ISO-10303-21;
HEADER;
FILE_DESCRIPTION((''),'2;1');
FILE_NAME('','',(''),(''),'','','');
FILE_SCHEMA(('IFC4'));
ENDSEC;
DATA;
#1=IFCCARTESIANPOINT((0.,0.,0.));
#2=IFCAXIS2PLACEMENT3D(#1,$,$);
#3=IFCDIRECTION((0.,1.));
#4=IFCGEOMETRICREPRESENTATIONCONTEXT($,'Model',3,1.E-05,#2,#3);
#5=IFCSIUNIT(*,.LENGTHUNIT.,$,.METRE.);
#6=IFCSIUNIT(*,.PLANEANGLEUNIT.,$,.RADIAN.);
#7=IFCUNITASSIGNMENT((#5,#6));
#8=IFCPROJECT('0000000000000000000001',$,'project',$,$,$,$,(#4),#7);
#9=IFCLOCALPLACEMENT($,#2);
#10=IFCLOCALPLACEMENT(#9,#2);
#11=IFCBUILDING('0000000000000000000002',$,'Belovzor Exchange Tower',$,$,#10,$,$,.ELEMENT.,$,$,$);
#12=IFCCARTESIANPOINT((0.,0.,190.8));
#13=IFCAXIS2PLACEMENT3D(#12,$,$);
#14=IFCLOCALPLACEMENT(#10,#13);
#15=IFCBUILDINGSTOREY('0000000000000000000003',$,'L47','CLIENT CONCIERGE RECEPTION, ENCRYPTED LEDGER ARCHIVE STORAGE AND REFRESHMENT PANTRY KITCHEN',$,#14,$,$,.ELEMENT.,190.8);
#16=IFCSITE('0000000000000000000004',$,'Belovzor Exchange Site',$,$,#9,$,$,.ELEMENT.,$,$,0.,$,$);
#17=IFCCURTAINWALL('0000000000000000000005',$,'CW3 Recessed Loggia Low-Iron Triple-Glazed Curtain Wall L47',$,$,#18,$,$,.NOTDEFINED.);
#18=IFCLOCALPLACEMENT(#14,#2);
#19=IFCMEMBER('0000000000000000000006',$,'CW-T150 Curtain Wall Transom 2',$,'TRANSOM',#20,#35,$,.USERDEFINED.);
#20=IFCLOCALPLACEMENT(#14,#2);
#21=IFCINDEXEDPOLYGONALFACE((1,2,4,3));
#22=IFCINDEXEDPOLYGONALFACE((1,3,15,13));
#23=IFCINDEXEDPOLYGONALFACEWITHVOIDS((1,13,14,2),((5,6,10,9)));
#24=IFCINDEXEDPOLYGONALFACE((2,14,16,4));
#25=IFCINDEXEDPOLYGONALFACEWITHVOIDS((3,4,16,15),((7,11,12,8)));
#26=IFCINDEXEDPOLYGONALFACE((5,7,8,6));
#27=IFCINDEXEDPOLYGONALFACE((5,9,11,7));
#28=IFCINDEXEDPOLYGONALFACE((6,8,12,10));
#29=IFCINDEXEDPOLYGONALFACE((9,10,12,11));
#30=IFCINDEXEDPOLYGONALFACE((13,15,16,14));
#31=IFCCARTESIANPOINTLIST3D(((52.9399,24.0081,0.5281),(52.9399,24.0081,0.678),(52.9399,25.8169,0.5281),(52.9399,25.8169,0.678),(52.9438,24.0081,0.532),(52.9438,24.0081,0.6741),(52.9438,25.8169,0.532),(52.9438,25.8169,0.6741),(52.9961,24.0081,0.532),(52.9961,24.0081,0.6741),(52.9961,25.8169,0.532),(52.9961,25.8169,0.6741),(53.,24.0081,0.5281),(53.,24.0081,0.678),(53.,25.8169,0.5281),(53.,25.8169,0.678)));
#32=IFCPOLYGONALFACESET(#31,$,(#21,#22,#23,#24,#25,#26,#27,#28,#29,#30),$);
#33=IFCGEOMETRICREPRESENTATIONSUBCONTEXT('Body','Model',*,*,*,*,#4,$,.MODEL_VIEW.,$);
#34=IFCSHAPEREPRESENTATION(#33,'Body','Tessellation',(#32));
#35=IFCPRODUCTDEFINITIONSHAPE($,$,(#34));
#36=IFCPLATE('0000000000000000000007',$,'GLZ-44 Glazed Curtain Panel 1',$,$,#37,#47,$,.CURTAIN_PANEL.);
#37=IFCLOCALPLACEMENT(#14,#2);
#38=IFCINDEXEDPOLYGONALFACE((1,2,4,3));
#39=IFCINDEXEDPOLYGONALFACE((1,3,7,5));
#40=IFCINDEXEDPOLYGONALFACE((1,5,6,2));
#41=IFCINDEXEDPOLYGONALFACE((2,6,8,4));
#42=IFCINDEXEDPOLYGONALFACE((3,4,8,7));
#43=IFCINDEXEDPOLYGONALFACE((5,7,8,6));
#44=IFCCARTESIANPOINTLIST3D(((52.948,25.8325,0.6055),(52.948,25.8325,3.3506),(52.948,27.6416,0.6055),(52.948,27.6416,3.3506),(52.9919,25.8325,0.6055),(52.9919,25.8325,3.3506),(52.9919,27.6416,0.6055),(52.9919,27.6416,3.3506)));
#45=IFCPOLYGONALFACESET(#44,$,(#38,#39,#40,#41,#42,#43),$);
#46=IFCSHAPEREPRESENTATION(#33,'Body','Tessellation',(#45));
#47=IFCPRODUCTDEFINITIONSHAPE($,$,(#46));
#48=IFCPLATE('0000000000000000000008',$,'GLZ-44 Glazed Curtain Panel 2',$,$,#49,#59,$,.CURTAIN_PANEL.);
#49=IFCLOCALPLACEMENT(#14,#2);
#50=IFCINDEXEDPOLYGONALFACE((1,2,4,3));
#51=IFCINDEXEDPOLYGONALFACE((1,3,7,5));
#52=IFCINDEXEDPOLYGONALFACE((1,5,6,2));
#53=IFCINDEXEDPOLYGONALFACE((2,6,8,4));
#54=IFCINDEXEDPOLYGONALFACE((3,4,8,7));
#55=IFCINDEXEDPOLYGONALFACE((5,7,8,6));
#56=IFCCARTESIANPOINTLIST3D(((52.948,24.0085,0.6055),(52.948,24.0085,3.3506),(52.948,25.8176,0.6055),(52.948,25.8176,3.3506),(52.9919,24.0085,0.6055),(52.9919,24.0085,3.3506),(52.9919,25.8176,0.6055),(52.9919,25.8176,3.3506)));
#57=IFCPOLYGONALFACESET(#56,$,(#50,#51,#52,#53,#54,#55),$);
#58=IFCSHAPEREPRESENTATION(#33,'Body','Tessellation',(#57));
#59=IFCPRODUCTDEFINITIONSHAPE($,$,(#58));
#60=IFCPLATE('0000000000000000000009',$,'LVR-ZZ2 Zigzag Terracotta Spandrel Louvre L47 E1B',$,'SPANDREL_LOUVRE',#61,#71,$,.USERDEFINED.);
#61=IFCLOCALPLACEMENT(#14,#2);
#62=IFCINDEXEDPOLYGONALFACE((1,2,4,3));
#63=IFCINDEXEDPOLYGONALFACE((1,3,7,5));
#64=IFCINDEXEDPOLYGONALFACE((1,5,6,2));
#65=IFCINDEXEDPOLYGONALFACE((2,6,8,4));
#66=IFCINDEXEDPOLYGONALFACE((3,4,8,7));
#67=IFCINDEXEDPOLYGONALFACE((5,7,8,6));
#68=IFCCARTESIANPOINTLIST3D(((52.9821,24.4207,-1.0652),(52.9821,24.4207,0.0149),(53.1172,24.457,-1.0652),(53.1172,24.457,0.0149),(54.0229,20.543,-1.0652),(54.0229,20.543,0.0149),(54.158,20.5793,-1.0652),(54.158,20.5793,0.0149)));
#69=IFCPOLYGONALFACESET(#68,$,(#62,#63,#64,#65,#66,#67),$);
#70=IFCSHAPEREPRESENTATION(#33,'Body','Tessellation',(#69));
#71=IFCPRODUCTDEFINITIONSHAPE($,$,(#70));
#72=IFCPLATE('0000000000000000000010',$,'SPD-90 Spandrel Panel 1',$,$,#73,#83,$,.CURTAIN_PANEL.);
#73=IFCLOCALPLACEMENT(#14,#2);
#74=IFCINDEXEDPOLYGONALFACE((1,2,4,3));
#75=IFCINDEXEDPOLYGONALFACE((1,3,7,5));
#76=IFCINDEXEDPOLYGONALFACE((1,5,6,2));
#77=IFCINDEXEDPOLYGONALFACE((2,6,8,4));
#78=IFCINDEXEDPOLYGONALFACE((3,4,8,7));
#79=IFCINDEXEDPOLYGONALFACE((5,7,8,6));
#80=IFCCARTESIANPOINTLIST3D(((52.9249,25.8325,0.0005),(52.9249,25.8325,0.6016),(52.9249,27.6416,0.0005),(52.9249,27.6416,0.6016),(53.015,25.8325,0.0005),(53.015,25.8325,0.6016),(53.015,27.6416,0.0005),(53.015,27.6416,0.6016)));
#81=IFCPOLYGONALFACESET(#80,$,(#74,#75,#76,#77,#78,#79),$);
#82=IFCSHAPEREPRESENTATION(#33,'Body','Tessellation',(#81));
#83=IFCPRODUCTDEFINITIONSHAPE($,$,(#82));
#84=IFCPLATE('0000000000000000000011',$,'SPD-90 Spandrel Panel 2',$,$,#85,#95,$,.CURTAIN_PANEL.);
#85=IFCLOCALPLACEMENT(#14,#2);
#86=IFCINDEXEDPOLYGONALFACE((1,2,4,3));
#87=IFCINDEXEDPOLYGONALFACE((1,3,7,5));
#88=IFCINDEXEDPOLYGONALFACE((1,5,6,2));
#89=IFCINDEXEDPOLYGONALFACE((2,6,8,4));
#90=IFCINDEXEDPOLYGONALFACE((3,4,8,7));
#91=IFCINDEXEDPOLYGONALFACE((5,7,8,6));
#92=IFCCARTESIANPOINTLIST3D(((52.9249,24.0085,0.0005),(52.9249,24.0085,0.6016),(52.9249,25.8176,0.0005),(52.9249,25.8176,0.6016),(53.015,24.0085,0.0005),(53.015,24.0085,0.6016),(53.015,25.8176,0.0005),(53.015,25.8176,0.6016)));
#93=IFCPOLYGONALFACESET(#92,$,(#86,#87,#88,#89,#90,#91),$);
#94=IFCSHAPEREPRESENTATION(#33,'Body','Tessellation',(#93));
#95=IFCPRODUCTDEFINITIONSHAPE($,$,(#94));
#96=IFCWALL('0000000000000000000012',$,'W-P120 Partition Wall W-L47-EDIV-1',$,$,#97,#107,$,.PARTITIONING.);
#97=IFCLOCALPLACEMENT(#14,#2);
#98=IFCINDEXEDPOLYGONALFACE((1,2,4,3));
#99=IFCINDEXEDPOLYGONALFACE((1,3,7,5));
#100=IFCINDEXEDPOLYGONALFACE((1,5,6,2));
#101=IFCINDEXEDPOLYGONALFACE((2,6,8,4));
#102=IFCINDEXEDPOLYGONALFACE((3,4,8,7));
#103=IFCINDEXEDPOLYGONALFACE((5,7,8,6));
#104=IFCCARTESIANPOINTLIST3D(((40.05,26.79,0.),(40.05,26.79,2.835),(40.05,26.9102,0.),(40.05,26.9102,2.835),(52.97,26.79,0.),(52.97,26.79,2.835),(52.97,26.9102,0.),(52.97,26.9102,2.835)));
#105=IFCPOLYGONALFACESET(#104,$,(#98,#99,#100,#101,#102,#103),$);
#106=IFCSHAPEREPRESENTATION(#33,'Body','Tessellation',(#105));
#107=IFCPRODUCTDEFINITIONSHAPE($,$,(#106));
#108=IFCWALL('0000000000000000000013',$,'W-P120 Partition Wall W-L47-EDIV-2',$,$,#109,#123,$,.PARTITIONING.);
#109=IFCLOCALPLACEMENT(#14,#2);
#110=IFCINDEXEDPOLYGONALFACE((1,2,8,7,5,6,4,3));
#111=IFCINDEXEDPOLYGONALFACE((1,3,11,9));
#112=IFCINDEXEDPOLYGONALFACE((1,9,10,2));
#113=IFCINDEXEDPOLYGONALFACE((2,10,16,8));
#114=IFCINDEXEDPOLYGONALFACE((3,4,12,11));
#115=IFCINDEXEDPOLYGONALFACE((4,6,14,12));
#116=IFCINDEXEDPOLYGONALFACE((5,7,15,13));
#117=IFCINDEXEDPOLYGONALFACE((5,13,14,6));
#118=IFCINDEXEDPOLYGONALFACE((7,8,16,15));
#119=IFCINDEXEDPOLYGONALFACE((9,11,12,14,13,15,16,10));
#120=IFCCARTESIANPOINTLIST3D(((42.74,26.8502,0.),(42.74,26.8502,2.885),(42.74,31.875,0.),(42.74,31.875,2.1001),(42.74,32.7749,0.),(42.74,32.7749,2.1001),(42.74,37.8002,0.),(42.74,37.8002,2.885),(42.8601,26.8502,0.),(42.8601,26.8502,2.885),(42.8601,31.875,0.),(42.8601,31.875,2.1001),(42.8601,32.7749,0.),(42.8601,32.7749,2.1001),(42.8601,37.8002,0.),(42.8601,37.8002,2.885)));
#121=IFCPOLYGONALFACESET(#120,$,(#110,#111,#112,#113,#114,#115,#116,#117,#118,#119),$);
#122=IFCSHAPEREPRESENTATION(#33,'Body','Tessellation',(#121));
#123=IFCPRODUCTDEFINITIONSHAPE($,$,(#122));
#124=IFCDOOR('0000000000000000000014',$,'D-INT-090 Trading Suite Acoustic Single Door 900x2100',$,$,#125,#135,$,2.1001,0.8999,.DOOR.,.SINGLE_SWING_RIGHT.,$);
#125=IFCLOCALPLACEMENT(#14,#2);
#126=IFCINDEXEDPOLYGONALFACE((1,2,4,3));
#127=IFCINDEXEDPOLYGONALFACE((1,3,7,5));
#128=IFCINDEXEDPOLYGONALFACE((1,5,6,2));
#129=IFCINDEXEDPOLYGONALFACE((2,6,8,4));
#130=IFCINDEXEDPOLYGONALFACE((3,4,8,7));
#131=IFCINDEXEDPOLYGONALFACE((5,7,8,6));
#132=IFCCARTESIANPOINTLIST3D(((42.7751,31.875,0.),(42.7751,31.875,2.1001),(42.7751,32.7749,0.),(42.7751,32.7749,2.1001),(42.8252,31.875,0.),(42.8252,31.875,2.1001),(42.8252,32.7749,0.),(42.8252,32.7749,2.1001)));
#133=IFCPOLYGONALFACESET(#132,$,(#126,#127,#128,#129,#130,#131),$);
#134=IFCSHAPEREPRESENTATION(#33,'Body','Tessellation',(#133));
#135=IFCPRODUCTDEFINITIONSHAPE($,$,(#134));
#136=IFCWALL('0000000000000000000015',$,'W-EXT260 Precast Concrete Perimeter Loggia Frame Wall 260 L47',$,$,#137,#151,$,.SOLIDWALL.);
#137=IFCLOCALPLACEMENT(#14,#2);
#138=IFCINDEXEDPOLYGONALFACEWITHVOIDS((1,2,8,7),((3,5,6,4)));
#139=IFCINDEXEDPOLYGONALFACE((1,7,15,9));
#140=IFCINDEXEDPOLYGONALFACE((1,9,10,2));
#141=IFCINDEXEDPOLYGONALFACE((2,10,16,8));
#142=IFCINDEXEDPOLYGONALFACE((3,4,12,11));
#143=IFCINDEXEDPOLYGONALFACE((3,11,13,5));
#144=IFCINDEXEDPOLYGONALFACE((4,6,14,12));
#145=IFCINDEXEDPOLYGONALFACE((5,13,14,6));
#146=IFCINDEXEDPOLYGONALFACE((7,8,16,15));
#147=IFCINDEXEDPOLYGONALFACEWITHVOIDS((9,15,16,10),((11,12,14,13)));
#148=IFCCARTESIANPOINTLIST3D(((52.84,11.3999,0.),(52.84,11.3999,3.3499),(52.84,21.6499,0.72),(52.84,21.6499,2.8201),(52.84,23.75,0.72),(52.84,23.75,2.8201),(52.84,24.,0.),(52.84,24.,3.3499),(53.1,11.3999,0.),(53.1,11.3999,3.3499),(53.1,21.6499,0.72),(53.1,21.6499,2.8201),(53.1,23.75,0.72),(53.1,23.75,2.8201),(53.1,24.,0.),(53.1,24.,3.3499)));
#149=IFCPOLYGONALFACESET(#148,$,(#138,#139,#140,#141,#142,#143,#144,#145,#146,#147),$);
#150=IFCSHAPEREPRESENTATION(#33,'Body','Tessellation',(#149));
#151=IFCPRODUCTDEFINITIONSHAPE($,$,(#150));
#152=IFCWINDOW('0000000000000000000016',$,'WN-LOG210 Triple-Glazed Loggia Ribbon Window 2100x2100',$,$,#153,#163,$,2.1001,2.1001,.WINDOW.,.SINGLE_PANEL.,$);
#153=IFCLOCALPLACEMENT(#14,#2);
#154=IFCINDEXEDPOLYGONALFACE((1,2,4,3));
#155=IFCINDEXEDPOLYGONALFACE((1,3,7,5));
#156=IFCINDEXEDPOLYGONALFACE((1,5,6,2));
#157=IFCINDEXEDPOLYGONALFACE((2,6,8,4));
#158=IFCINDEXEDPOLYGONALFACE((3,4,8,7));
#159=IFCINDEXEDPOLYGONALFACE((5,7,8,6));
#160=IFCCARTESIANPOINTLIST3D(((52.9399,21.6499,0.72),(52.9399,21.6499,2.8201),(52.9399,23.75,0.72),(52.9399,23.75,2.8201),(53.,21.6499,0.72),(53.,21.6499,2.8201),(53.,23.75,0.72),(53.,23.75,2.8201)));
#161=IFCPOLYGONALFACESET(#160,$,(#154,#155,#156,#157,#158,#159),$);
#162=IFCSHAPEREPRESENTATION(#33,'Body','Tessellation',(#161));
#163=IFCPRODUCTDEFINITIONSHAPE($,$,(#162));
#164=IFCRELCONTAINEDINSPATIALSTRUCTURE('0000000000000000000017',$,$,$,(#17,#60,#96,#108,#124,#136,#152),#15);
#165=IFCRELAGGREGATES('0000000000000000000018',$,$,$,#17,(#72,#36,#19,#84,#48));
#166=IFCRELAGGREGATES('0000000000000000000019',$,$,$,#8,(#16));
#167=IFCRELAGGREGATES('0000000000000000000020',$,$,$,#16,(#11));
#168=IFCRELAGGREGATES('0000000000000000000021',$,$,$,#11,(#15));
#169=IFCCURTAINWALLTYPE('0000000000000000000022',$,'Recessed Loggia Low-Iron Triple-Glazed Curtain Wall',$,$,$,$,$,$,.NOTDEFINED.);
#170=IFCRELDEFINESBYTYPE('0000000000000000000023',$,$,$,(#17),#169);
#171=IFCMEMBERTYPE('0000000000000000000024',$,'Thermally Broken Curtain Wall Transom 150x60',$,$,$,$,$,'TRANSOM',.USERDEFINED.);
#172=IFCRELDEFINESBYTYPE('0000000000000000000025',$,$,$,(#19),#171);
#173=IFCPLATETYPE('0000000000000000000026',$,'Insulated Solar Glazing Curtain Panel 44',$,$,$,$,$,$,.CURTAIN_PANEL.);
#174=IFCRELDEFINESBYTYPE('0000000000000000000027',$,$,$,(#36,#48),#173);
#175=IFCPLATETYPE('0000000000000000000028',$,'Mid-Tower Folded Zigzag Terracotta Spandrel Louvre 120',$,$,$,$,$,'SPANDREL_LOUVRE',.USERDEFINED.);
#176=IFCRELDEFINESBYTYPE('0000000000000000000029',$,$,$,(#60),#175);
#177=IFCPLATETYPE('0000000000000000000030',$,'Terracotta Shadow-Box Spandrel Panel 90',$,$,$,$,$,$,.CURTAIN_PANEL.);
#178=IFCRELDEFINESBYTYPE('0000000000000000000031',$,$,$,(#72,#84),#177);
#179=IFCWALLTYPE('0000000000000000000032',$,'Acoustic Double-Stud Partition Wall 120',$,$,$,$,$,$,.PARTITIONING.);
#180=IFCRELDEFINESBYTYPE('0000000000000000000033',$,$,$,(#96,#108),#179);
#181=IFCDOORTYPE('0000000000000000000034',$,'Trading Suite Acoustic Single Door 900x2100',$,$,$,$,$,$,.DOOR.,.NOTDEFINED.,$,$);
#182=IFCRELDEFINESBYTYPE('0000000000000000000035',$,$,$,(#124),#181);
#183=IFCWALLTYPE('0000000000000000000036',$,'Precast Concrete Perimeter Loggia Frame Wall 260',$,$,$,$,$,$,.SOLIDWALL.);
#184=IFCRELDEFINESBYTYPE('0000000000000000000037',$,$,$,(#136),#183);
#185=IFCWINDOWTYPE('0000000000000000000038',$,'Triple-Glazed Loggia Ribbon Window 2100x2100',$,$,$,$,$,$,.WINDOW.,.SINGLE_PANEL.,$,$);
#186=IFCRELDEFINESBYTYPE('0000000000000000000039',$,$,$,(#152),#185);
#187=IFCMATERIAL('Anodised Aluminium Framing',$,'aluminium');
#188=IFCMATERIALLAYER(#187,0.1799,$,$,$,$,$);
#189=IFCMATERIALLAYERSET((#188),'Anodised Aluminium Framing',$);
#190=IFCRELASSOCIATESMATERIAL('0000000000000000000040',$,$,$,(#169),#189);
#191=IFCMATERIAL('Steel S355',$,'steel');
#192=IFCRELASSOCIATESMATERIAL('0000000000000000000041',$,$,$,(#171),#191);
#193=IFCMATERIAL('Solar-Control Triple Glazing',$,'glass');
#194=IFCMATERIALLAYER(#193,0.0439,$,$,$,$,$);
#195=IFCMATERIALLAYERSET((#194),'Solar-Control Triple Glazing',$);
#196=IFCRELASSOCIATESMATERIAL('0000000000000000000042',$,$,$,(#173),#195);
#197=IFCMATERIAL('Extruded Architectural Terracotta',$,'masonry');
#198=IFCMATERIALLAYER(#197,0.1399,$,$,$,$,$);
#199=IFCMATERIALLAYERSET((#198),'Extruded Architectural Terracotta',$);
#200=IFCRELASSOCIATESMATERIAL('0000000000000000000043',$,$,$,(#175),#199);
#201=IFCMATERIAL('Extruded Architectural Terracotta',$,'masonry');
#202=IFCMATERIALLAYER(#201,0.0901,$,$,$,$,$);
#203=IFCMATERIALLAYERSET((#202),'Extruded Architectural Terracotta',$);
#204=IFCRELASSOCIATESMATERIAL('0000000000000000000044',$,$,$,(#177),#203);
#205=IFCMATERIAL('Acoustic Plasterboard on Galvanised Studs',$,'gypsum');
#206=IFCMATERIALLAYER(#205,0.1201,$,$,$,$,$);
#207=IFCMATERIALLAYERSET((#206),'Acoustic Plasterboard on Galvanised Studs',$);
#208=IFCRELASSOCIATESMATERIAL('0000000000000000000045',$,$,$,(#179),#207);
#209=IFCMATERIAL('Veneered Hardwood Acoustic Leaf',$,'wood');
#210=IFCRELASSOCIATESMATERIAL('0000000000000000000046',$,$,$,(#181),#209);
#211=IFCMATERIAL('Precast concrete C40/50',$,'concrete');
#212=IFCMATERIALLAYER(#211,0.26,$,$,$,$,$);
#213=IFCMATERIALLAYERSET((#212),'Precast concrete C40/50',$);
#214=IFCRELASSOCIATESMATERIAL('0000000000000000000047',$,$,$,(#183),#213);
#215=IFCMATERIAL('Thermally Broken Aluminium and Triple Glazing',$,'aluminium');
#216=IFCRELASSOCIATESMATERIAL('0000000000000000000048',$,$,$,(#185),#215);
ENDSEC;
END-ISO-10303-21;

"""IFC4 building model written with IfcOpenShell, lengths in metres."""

from ifc_helpers import new_model, si_unit, direction, frame, frame_2d, origin, origin_2d, place, context, subcontext, project, spatial, rectangle, hollow_rectangle, extrude, material, layer, layer_set, material_profile, profile_set, type_object, element, fill, aggregate, save


model = new_model("IFC4")

# Units and contexts
model_context = context("Model", 3, precision=1e-05, world=origin(), true_north=direction((0.0, 1.0)))
body_context = subcontext(model_context, "Body", "Model", "MODEL_VIEW")
ifc_project = project(units=[si_unit("LENGTHUNIT", "METRE"), si_unit("PLANEANGLEUNIT", "RADIAN")], contexts=[model_context])

# Site, building, storey
site_placement = place(None, origin())
site = spatial("IfcSite", under=ifc_project, at=site_placement, Name="Belovzor Exchange Site", CompositionType="ELEMENT", RefElevation=0.0)
building_placement = place(site_placement, origin())
building = spatial("IfcBuilding", under=site, at=building_placement, Name="Belovzor Exchange Tower", CompositionType="ELEMENT")
storey_placement = place(building_placement, frame((0.0, 0.0, 190.8)))
storey = spatial("IfcBuildingStorey", under=building, at=storey_placement, Name="L47", Description="CLIENT CONCIERGE RECEPTION, ENCRYPTED LEDGER ARCHIVE STORAGE AND REFRESHMENT PANTRY KITCHEN", CompositionType="ELEMENT", Elevation=190.8)

# Curtain wall, member, plates
ifc_material_1 = material(Name="Anodised Aluminium Framing", Category="aluminium")
ifc_layer_1 = layer(ifc_material_1, 0.1799)
ifc_layer_set_1 = layer_set([ifc_layer_1], Name="Anodised Aluminium Framing")
curtain_wall_type = type_object("IfcCurtainWallType", Name="Recessed Loggia Low-Iron Triple-Glazed Curtain Wall", PredefinedType="NOTDEFINED", material=ifc_layer_set_1)
curtain_wall_placement = place(storey_placement, origin())
curtain_wall = element("IfcCurtainWall", 1, at=curtain_wall_placement, inside=storey, type_object=curtain_wall_type, Name="CW3 Recessed Loggia Low-Iron Triple-Glazed Curtain Wall L47", PredefinedType="NOTDEFINED")
ifc_material_2 = material(Name="Steel S355", Category="steel")
ifc_material_profile_1 = material_profile(ifc_material_2, hollow_rectangle(XDim=0.0601, YDim=0.1499, WallThickness=0.0039, at=origin_2d()))
ifc_profile_set_1 = profile_set([ifc_material_profile_1], Name="Steel S355")
member_type_1 = type_object("IfcMemberType", Name="Thermally Broken Curtain Wall Transom 150x60", ElementType="TRANSOM", PredefinedType="USERDEFINED", material=ifc_profile_set_1)
member_1_placement = place(storey_placement, frame((52.97, 25.8169, 0.603), z_axis=(0.0, -1.0, 0.0), x_axis=(1.0, 0.0, 0.0)))
member_1 = element("IfcMember", 2, at=member_1_placement, type_object=member_type_1, Name="CW-T150 Curtain Wall Transom 2", ObjectType="TRANSOM", PredefinedType="USERDEFINED", context=body_context, shape_type="SweptSolid", body=[
    extrude(hollow_rectangle(XDim=0.0601, YDim=0.1499, WallThickness=0.0039, at=origin_2d()), origin(), (0.0, 0.0, 1.0), 1.8088),
])
ifc_material_3 = material(Name="Solar-Control Triple Glazing", Category="glass")
ifc_layer_2 = layer(ifc_material_3, 0.0439)
ifc_layer_set_2 = layer_set([ifc_layer_2], Name="Solar-Control Triple Glazing")
plate_type_1 = type_object("IfcPlateType", Name="Insulated Solar Glazing Curtain Panel 44", PredefinedType="CURTAIN_PANEL", material=ifc_layer_set_2)
plate_1_placement = place(storey_placement, frame((52.97, 26.7371, 0.6055), z_axis=(0.0, 0.0, 1.0), x_axis=(0.0, -1.0, 0.0)))
plate_1 = element("IfcPlate", 3, at=plate_1_placement, type_object=plate_type_1, Name="GLZ-44 Glazed Curtain Panel 1", PredefinedType="CURTAIN_PANEL", context=body_context, shape_type="SweptSolid", body=[
    extrude(rectangle(XDim=1.8091, YDim=0.0439, at=origin_2d()), origin(), (0.0, 0.0, 1.0), 2.7451),
])
plate_2_placement = place(storey_placement, frame((52.97, 24.9131, 0.6055), z_axis=(0.0, 0.0, 1.0), x_axis=(0.0, -1.0, 0.0)))
plate_2 = element("IfcPlate", 4, at=plate_2_placement, type_object=plate_type_1, Name="GLZ-44 Glazed Curtain Panel 2", PredefinedType="CURTAIN_PANEL", context=body_context, shape_type="SweptSolid", body=[
    extrude(rectangle(XDim=1.8091, YDim=0.0439, at=origin_2d()), origin(), (0.0, 0.0, 1.0), 2.7451),
])

# Plates
ifc_material_4 = material(Name="Extruded Architectural Terracotta", Category="masonry")
ifc_layer_3 = layer(ifc_material_4, 0.1399)
ifc_layer_set_3 = layer_set([ifc_layer_3], Name="Extruded Architectural Terracotta")
plate_type_2 = type_object("IfcPlateType", Name="Mid-Tower Folded Zigzag Terracotta Spandrel Louvre 120", ElementType="SPANDREL_LOUVRE", PredefinedType="USERDEFINED", material=ifc_layer_set_3)
plate_3_placement = place(storey_placement, frame((53.5701, 22.5, -1.0652), z_axis=(0.0, 0.0, 1.0), x_axis=(-0.25924, 0.965813, 0.0)))
element("IfcPlate", 5, at=plate_3_placement, inside=storey, type_object=plate_type_2, Name="LVR-ZZ2 Zigzag Terracotta Spandrel Louvre L47 E1B", ObjectType="SPANDREL_LOUVRE", PredefinedType="USERDEFINED", context=body_context, shape_type="SweptSolid", body=[
    extrude(rectangle(XDim=4.0149, YDim=0.1399, at=origin_2d()), origin(), (0.0, 0.0, 1.0), 1.0801),
])
ifc_material_5 = material(Name="Extruded Architectural Terracotta", Category="masonry")
ifc_layer_4 = layer(ifc_material_5, 0.0901)
ifc_layer_set_4 = layer_set([ifc_layer_4], Name="Extruded Architectural Terracotta")
plate_type_3 = type_object("IfcPlateType", Name="Terracotta Shadow-Box Spandrel Panel 90", PredefinedType="CURTAIN_PANEL", material=ifc_layer_set_4)
plate_4_placement = place(storey_placement, frame((52.97, 26.7371, 0.0005), z_axis=(0.0, 0.0, 1.0), x_axis=(0.0, -1.0, 0.0)))
plate_4 = element("IfcPlate", 6, at=plate_4_placement, type_object=plate_type_3, Name="SPD-90 Spandrel Panel 1", PredefinedType="CURTAIN_PANEL", context=body_context, shape_type="SweptSolid", body=[
    extrude(rectangle(XDim=1.8091, YDim=0.0901, at=origin_2d()), origin(), (0.0, 0.0, 1.0), 0.6011),
])
plate_5_placement = place(storey_placement, frame((52.97, 24.9131, 0.0005), z_axis=(0.0, 0.0, 1.0), x_axis=(0.0, -1.0, 0.0)))
plate_5 = element("IfcPlate", 7, at=plate_5_placement, type_object=plate_type_3, Name="SPD-90 Spandrel Panel 2", PredefinedType="CURTAIN_PANEL", context=body_context, shape_type="SweptSolid", body=[
    extrude(rectangle(XDim=1.8091, YDim=0.0901, at=origin_2d()), origin(), (0.0, 0.0, 1.0), 0.6011),
])
aggregate(curtain_wall, [plate_4, plate_1, member_1, plate_5, plate_2])

# Wall
ifc_material_6 = material(Name="Acoustic Plasterboard on Galvanised Studs", Category="gypsum")
ifc_layer_5 = layer(ifc_material_6, 0.1201)
ifc_layer_set_5 = layer_set([ifc_layer_5], Name="Acoustic Plasterboard on Galvanised Studs")
wall_type_1 = type_object("IfcWallType", Name="Acoustic Double-Stud Partition Wall 120", PredefinedType="PARTITIONING", material=ifc_layer_set_5)
wall_1_placement = place(storey_placement, frame((40.05, 26.8501, 0.0), z_axis=(0.0, 0.0, 1.0), x_axis=(1.0, 0.0, 0.0)))
element("IfcWall", 8, at=wall_1_placement, inside=storey, type_object=wall_type_1, Name="W-P120 Partition Wall W-L47-EDIV-1", PredefinedType="PARTITIONING", context=body_context, shape_type="SweptSolid", body=[
    extrude(rectangle(XDim=12.9199, YDim=0.1201, at=frame_2d((6.46, 0.0))), origin(), (0.0, 0.0, 1.0), 2.835),
])

# Wall, opening, door
wall_2_placement = place(storey_placement, frame((42.8, 26.8501, 0.0), z_axis=(0.0, 0.0, 1.0), x_axis=(0.0, 1.0, 0.0)))
wall_2 = element("IfcWall", 9, at=wall_2_placement, inside=storey, type_object=wall_type_1, Name="W-P120 Partition Wall W-L47-EDIV-2", PredefinedType="PARTITIONING", context=body_context, shape_type="SweptSolid", body=[
    extrude(rectangle(XDim=10.95, YDim=0.1201, at=frame_2d((5.4751, 0.0))), origin(), (0.0, 0.0, 1.0), 2.885),
])
opening_1_placement = place(wall_2_placement, frame((5.0249, 0.0, 0.0)))
opening_1 = element("IfcOpeningElement", 10, at=opening_1_placement, cuts=wall_2, PredefinedType="OPENING", context=body_context, shape_type="SweptSolid", body=[
    extrude(rectangle(XDim=0.8999, YDim=2.1001, at=frame_2d((0.45, 1.05))), frame((0.0, 0.0701, 0.0), z_axis=(0.0, -1.0, 0.0), x_axis=(1.0, 0.0, 0.0)), (0.0, 0.0, 1.0), 0.1401),
])
ifc_material_7 = material(Name="Veneered Hardwood Acoustic Leaf", Category="wood")
door_type = type_object("IfcDoorType", Name="Trading Suite Acoustic Single Door 900x2100", OperationType="NOTDEFINED", PredefinedType="DOOR", material=ifc_material_7)
door_placement = place(opening_1_placement, origin())
door = element("IfcDoor", 11, at=door_placement, inside=storey, type_object=door_type, Name="D-INT-090 Trading Suite Acoustic Single Door 900x2100", OperationType="SINGLE_SWING_RIGHT", OverallHeight=2.1001, OverallWidth=0.8999, PredefinedType="DOOR", context=body_context, shape_type="SweptSolid", body=[
    extrude(rectangle(XDim=0.8999, YDim=2.1001, at=frame_2d((0.45, 1.05))), frame((0.0, 0.0249, 0.0), z_axis=(0.0, -1.0, 0.0), x_axis=(1.0, 0.0, 0.0)), (0.0, 0.0, 1.0), 0.05),
])
fill(opening_1, door)

# Wall, opening, window
ifc_material_8 = material(Name="Precast concrete C40/50", Category="concrete")
ifc_layer_6 = layer(ifc_material_8, 0.26)
ifc_layer_set_6 = layer_set([ifc_layer_6], Name="Precast concrete C40/50")
wall_type_2 = type_object("IfcWallType", Name="Precast Concrete Perimeter Loggia Frame Wall 260", PredefinedType="SOLIDWALL", material=ifc_layer_set_6)
wall_3_placement = place(storey_placement, frame((52.97, 24.0, 0.0), z_axis=(0.0, 0.0, 1.0), x_axis=(0.0, -1.0, 0.0)))
wall_3 = element("IfcWall", 12, at=wall_3_placement, inside=storey, type_object=wall_type_2, Name="W-EXT260 Precast Concrete Perimeter Loggia Frame Wall 260 L47", PredefinedType="SOLIDWALL", context=body_context, shape_type="SweptSolid", body=[
    extrude(rectangle(XDim=12.6001, YDim=0.26, at=frame_2d((6.3, 0.0))), origin(), (0.0, 0.0, 1.0), 3.3499),
])
opening_2_placement = place(wall_3_placement, frame((0.25, 0.0, 0.72)))
opening_2 = element("IfcOpeningElement", 13, at=opening_2_placement, cuts=wall_3, PredefinedType="OPENING", context=body_context, shape_type="SweptSolid", body=[
    extrude(rectangle(XDim=2.1001, YDim=2.1001, at=frame_2d((1.05, 1.05))), frame((0.0, 0.1399, 0.0), z_axis=(0.0, -1.0, 0.0), x_axis=(1.0, 0.0, 0.0)), (0.0, 0.0, 1.0), 0.28),
])
ifc_material_9 = material(Name="Thermally Broken Aluminium and Triple Glazing", Category="aluminium")
window_type = type_object("IfcWindowType", Name="Triple-Glazed Loggia Ribbon Window 2100x2100", PartitioningType="SINGLE_PANEL", PredefinedType="WINDOW", material=ifc_material_9)
window_placement = place(opening_2_placement, origin())
window = element("IfcWindow", 14, at=window_placement, inside=storey, type_object=window_type, Name="WN-LOG210 Triple-Glazed Loggia Ribbon Window 2100x2100", OverallHeight=2.1001, OverallWidth=2.1001, PartitioningType="SINGLE_PANEL", PredefinedType="WINDOW", context=body_context, shape_type="SweptSolid", body=[
    extrude(rectangle(XDim=2.1001, YDim=2.1001, at=frame_2d((1.05, 1.05))), frame((0.0, 0.03, 0.0), z_axis=(0.0, -1.0, 0.0), x_axis=(1.0, 0.0, 0.0)), (0.0, 0.0, 1.0), 0.0601),
])
fill(opening_2, window)

save(model, "model.ifc")
